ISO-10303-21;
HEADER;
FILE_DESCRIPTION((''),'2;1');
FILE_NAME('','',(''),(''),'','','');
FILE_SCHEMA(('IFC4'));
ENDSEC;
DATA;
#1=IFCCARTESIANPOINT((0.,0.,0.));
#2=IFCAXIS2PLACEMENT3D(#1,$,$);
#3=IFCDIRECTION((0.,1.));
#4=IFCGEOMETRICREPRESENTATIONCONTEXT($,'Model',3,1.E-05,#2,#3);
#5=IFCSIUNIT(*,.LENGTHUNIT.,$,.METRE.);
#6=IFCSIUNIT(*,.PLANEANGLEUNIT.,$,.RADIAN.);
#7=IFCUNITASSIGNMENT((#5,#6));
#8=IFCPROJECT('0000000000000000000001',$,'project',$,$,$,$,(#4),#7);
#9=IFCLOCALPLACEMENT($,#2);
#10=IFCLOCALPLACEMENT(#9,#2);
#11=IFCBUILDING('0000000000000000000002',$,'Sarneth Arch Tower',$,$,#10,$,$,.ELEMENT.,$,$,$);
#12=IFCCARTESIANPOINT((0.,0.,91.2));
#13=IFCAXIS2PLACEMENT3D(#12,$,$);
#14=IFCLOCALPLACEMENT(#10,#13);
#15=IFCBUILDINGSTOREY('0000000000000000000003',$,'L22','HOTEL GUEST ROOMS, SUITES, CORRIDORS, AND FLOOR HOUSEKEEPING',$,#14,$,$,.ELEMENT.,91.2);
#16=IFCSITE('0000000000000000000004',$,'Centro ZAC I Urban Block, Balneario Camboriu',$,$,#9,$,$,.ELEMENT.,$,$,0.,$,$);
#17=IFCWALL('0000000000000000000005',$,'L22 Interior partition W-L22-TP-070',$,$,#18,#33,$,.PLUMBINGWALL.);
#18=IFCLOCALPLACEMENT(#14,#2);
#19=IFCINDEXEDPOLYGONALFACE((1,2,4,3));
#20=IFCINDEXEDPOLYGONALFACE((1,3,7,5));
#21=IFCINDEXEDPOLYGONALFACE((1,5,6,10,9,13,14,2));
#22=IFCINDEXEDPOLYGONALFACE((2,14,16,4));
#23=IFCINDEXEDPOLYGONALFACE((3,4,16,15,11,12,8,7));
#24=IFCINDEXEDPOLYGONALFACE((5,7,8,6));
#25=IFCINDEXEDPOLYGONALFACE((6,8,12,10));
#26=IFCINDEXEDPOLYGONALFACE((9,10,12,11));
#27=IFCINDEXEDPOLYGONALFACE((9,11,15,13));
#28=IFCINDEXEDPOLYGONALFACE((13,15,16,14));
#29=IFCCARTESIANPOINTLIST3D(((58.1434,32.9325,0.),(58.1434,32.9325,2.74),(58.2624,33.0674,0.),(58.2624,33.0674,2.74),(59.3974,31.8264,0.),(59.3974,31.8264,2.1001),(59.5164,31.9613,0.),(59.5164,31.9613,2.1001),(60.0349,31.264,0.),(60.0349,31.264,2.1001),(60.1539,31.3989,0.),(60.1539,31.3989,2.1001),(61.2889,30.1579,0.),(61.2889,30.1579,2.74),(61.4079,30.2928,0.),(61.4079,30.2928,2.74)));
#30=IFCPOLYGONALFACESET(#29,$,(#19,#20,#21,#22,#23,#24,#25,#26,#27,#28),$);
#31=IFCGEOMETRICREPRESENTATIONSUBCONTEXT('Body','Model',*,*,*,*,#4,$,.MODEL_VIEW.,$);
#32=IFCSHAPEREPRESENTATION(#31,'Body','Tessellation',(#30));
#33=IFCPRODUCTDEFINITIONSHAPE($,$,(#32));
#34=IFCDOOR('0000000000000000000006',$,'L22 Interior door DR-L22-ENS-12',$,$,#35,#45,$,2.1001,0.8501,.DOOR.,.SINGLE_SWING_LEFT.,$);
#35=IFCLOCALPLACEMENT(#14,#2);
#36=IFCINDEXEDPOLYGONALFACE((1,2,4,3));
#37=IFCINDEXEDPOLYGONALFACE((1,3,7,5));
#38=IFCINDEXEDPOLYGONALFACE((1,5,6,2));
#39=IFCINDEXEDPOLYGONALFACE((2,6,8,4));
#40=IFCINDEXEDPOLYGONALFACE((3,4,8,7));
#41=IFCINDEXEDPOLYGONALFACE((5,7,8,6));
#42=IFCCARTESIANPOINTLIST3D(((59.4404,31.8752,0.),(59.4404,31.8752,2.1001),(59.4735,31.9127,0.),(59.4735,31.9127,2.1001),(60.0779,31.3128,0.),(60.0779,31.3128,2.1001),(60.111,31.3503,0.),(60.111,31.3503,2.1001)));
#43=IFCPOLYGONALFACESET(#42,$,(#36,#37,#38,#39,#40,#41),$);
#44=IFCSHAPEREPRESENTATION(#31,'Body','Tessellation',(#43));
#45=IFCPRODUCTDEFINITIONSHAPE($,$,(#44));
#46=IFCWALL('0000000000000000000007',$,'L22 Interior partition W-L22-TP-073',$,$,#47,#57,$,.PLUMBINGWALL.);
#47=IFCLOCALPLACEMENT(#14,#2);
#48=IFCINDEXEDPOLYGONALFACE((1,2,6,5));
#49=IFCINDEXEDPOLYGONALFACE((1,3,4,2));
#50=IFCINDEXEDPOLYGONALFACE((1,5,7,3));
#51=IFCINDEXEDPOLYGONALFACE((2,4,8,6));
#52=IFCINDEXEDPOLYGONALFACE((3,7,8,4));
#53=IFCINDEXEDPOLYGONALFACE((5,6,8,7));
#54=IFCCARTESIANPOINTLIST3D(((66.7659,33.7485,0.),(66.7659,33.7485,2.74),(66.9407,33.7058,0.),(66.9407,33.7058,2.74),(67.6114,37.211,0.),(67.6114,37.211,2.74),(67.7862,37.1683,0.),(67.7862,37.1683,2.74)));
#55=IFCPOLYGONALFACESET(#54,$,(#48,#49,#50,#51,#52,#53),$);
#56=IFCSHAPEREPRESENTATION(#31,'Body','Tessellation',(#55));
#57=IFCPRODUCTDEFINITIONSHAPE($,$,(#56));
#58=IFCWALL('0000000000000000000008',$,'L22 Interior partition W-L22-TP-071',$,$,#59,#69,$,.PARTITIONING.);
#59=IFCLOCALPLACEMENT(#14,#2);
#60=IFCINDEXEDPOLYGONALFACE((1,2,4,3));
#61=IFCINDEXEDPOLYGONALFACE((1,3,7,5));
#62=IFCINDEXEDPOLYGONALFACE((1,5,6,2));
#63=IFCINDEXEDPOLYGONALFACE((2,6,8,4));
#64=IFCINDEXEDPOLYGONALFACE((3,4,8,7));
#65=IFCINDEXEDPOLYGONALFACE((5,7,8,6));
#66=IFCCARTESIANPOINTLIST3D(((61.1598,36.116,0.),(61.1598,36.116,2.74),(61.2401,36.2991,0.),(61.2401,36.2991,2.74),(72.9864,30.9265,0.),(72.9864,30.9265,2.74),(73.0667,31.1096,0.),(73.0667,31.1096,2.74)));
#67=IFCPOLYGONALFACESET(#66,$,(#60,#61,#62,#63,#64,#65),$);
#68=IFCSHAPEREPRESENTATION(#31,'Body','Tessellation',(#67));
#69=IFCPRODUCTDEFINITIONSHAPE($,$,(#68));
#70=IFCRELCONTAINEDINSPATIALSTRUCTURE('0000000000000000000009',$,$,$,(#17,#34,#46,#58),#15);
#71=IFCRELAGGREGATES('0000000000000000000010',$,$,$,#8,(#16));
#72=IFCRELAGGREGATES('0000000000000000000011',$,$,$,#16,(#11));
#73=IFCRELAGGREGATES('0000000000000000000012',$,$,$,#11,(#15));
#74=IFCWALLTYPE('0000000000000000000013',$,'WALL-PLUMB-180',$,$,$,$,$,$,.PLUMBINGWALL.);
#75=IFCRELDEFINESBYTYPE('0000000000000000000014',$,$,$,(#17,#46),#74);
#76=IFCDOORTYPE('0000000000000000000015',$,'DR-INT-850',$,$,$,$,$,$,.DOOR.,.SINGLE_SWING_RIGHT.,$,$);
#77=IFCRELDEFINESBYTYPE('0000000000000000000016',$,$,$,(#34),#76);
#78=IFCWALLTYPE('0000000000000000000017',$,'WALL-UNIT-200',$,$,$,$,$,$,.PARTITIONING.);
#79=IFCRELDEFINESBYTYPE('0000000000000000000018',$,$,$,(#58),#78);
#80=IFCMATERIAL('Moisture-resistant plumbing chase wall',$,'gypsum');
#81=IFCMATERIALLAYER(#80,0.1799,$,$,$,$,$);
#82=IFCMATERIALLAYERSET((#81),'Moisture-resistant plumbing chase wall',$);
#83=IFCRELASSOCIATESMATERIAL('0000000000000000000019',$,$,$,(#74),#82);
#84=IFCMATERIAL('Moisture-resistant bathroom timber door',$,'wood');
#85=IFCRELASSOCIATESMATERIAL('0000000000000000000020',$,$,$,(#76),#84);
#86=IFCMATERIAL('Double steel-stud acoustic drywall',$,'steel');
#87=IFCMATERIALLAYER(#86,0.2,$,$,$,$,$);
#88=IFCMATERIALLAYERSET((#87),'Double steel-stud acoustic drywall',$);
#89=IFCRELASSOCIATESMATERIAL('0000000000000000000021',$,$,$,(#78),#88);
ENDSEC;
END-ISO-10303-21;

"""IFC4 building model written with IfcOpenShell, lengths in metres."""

from ifc_helpers import new_model, si_unit, direction, frame, frame_2d, origin, place, context, subcontext, project, spatial, rectangle, extrude, material, layer, layer_set, type_object, element, fill, save


model = new_model("IFC4")

# Units and contexts
model_context = context("Model", 3, precision=1e-05, world=origin(), true_north=direction((0.0, 1.0)))
body_context = subcontext(model_context, "Body", "Model", "MODEL_VIEW")
ifc_project = project(units=[si_unit("LENGTHUNIT", "METRE"), si_unit("PLANEANGLEUNIT", "RADIAN")], contexts=[model_context])

# Site, building, storey
site_placement = place(None, origin())
site = spatial("IfcSite", under=ifc_project, at=site_placement, Name="Centro ZAC I Urban Block, Balneario Camboriu", CompositionType="ELEMENT", RefElevation=0.0)
building_placement = place(site_placement, origin())
building = spatial("IfcBuilding", under=site, at=building_placement, Name="Sarneth Arch Tower", CompositionType="ELEMENT")
storey_placement = place(building_placement, frame((0.0, 0.0, 91.2)))
storey = spatial("IfcBuildingStorey", under=building, at=storey_placement, Name="L22", Description="HOTEL GUEST ROOMS, SUITES, CORRIDORS, AND FLOOR HOUSEKEEPING", CompositionType="ELEMENT", Elevation=91.2)

# Wall, opening, door
ifc_material_1 = material(Name="Moisture-resistant plumbing chase wall", Category="gypsum")
ifc_layer_1 = layer(ifc_material_1, 0.1799)
ifc_layer_set_1 = layer_set([ifc_layer_1], Name="Moisture-resistant plumbing chase wall")
wall_type_1 = type_object("IfcWallType", Name="WALL-PLUMB-180", PredefinedType="PLUMBINGWALL", material=ifc_layer_set_1)
ifc_material_2 = material(Name="Moisture-resistant bathroom timber door", Category="wood")
door_type_1 = type_object("IfcDoorType", Name="DR-INT-850", OperationType="SINGLE_SWING_RIGHT", PredefinedType="DOOR", material=ifc_material_2)
wall_1_placement = place(storey_placement, frame((61.3484, 30.2253, 0.0), z_axis=(0.0, 0.0, 1.0), x_axis=(-0.749931, 0.661516, 0.0)))
wall_1 = element("IfcWall", 1, at=wall_1_placement, inside=storey, type_object=wall_type_1, Name="L22 Interior partition W-L22-TP-070", PredefinedType="PLUMBINGWALL", context=body_context, shape_type="SweptSolid", body=[
    extrude(rectangle(XDim=4.1943, YDim=0.1799, at=frame_2d((2.0972, 0.0))), origin(), (0.0, 0.0, 1.0), 2.74),
])
opening_1_placement = place(wall_1_placement, frame((1.6721, 0.0, 0.0)))
opening_1 = element("IfcOpeningElement", 2, at=opening_1_placement, cuts=wall_1, PredefinedType="OPENING", context=body_context, shape_type="SweptSolid", body=[
    extrude(rectangle(XDim=0.8501, YDim=2.1001, at=frame_2d((0.425, 1.05))), frame((0.0, 0.0999, 0.0), z_axis=(0.0, -1.0, 0.0), x_axis=(1.0, 0.0, 0.0)), (0.0, 0.0, 1.0), 0.2),
])
door_1_placement = place(opening_1_placement, origin())
door_1 = element("IfcDoor", 3, at=door_1_placement, inside=storey, type_object=door_type_1, Name="L22 Interior door DR-L22-ENS-12", OperationType="SINGLE_SWING_LEFT", OverallHeight=2.1001, OverallWidth=0.8501, PredefinedType="DOOR", context=body_context, shape_type="SweptSolid", body=[
    extrude(rectangle(XDim=0.8501, YDim=2.1001, at=frame_2d((0.425, 1.05))), frame((0.0, 0.0249, 0.0), z_axis=(0.0, -1.0, 0.0), x_axis=(1.0, 0.0, 0.0)), (0.0, 0.0, 1.0), 0.05),
])
fill(opening_1, door_1)

# Walls
wall_2_placement = place(storey_placement, frame((66.8533, 33.7271, 0.0), z_axis=(0.0, 0.0, 1.0), x_axis=(0.237213, 0.971458, 0.0)))
element("IfcWall", 4, at=wall_2_placement, inside=storey, type_object=wall_type_1, Name="L22 Interior partition W-L22-TP-073", PredefinedType="PLUMBINGWALL", context=body_context, shape_type="SweptSolid", body=[
    extrude(rectangle(XDim=3.5642, YDim=0.1799, at=frame_2d((1.7822, 0.0))), origin(), (0.0, 0.0, 1.0), 2.74),
])
ifc_material_3 = material(Name="Double steel-stud acoustic drywall", Category="steel")
ifc_layer_2 = layer(ifc_material_3, 0.2)
ifc_layer_set_2 = layer_set([ifc_layer_2], Name="Double steel-stud acoustic drywall")
wall_type_2 = type_object("IfcWallType", Name="WALL-UNIT-200", PredefinedType="PARTITIONING", material=ifc_layer_set_2)
wall_3_placement = place(storey_placement, frame((61.2, 36.2075, 0.0), z_axis=(0.0, 0.0, 1.0), x_axis=(0.915722, -0.401812, 0.0)))
element("IfcWall", 5, at=wall_3_placement, inside=storey, type_object=wall_type_2, Name="L22 Interior partition W-L22-TP-071", PredefinedType="PARTITIONING", context=body_context, shape_type="SweptSolid", body=[
    extrude(rectangle(XDim=12.915, YDim=0.2, at=frame_2d((6.4575, 0.0))), origin(), (0.0, 0.0, 1.0), 2.74),
])

save(model, "model.ifc")
